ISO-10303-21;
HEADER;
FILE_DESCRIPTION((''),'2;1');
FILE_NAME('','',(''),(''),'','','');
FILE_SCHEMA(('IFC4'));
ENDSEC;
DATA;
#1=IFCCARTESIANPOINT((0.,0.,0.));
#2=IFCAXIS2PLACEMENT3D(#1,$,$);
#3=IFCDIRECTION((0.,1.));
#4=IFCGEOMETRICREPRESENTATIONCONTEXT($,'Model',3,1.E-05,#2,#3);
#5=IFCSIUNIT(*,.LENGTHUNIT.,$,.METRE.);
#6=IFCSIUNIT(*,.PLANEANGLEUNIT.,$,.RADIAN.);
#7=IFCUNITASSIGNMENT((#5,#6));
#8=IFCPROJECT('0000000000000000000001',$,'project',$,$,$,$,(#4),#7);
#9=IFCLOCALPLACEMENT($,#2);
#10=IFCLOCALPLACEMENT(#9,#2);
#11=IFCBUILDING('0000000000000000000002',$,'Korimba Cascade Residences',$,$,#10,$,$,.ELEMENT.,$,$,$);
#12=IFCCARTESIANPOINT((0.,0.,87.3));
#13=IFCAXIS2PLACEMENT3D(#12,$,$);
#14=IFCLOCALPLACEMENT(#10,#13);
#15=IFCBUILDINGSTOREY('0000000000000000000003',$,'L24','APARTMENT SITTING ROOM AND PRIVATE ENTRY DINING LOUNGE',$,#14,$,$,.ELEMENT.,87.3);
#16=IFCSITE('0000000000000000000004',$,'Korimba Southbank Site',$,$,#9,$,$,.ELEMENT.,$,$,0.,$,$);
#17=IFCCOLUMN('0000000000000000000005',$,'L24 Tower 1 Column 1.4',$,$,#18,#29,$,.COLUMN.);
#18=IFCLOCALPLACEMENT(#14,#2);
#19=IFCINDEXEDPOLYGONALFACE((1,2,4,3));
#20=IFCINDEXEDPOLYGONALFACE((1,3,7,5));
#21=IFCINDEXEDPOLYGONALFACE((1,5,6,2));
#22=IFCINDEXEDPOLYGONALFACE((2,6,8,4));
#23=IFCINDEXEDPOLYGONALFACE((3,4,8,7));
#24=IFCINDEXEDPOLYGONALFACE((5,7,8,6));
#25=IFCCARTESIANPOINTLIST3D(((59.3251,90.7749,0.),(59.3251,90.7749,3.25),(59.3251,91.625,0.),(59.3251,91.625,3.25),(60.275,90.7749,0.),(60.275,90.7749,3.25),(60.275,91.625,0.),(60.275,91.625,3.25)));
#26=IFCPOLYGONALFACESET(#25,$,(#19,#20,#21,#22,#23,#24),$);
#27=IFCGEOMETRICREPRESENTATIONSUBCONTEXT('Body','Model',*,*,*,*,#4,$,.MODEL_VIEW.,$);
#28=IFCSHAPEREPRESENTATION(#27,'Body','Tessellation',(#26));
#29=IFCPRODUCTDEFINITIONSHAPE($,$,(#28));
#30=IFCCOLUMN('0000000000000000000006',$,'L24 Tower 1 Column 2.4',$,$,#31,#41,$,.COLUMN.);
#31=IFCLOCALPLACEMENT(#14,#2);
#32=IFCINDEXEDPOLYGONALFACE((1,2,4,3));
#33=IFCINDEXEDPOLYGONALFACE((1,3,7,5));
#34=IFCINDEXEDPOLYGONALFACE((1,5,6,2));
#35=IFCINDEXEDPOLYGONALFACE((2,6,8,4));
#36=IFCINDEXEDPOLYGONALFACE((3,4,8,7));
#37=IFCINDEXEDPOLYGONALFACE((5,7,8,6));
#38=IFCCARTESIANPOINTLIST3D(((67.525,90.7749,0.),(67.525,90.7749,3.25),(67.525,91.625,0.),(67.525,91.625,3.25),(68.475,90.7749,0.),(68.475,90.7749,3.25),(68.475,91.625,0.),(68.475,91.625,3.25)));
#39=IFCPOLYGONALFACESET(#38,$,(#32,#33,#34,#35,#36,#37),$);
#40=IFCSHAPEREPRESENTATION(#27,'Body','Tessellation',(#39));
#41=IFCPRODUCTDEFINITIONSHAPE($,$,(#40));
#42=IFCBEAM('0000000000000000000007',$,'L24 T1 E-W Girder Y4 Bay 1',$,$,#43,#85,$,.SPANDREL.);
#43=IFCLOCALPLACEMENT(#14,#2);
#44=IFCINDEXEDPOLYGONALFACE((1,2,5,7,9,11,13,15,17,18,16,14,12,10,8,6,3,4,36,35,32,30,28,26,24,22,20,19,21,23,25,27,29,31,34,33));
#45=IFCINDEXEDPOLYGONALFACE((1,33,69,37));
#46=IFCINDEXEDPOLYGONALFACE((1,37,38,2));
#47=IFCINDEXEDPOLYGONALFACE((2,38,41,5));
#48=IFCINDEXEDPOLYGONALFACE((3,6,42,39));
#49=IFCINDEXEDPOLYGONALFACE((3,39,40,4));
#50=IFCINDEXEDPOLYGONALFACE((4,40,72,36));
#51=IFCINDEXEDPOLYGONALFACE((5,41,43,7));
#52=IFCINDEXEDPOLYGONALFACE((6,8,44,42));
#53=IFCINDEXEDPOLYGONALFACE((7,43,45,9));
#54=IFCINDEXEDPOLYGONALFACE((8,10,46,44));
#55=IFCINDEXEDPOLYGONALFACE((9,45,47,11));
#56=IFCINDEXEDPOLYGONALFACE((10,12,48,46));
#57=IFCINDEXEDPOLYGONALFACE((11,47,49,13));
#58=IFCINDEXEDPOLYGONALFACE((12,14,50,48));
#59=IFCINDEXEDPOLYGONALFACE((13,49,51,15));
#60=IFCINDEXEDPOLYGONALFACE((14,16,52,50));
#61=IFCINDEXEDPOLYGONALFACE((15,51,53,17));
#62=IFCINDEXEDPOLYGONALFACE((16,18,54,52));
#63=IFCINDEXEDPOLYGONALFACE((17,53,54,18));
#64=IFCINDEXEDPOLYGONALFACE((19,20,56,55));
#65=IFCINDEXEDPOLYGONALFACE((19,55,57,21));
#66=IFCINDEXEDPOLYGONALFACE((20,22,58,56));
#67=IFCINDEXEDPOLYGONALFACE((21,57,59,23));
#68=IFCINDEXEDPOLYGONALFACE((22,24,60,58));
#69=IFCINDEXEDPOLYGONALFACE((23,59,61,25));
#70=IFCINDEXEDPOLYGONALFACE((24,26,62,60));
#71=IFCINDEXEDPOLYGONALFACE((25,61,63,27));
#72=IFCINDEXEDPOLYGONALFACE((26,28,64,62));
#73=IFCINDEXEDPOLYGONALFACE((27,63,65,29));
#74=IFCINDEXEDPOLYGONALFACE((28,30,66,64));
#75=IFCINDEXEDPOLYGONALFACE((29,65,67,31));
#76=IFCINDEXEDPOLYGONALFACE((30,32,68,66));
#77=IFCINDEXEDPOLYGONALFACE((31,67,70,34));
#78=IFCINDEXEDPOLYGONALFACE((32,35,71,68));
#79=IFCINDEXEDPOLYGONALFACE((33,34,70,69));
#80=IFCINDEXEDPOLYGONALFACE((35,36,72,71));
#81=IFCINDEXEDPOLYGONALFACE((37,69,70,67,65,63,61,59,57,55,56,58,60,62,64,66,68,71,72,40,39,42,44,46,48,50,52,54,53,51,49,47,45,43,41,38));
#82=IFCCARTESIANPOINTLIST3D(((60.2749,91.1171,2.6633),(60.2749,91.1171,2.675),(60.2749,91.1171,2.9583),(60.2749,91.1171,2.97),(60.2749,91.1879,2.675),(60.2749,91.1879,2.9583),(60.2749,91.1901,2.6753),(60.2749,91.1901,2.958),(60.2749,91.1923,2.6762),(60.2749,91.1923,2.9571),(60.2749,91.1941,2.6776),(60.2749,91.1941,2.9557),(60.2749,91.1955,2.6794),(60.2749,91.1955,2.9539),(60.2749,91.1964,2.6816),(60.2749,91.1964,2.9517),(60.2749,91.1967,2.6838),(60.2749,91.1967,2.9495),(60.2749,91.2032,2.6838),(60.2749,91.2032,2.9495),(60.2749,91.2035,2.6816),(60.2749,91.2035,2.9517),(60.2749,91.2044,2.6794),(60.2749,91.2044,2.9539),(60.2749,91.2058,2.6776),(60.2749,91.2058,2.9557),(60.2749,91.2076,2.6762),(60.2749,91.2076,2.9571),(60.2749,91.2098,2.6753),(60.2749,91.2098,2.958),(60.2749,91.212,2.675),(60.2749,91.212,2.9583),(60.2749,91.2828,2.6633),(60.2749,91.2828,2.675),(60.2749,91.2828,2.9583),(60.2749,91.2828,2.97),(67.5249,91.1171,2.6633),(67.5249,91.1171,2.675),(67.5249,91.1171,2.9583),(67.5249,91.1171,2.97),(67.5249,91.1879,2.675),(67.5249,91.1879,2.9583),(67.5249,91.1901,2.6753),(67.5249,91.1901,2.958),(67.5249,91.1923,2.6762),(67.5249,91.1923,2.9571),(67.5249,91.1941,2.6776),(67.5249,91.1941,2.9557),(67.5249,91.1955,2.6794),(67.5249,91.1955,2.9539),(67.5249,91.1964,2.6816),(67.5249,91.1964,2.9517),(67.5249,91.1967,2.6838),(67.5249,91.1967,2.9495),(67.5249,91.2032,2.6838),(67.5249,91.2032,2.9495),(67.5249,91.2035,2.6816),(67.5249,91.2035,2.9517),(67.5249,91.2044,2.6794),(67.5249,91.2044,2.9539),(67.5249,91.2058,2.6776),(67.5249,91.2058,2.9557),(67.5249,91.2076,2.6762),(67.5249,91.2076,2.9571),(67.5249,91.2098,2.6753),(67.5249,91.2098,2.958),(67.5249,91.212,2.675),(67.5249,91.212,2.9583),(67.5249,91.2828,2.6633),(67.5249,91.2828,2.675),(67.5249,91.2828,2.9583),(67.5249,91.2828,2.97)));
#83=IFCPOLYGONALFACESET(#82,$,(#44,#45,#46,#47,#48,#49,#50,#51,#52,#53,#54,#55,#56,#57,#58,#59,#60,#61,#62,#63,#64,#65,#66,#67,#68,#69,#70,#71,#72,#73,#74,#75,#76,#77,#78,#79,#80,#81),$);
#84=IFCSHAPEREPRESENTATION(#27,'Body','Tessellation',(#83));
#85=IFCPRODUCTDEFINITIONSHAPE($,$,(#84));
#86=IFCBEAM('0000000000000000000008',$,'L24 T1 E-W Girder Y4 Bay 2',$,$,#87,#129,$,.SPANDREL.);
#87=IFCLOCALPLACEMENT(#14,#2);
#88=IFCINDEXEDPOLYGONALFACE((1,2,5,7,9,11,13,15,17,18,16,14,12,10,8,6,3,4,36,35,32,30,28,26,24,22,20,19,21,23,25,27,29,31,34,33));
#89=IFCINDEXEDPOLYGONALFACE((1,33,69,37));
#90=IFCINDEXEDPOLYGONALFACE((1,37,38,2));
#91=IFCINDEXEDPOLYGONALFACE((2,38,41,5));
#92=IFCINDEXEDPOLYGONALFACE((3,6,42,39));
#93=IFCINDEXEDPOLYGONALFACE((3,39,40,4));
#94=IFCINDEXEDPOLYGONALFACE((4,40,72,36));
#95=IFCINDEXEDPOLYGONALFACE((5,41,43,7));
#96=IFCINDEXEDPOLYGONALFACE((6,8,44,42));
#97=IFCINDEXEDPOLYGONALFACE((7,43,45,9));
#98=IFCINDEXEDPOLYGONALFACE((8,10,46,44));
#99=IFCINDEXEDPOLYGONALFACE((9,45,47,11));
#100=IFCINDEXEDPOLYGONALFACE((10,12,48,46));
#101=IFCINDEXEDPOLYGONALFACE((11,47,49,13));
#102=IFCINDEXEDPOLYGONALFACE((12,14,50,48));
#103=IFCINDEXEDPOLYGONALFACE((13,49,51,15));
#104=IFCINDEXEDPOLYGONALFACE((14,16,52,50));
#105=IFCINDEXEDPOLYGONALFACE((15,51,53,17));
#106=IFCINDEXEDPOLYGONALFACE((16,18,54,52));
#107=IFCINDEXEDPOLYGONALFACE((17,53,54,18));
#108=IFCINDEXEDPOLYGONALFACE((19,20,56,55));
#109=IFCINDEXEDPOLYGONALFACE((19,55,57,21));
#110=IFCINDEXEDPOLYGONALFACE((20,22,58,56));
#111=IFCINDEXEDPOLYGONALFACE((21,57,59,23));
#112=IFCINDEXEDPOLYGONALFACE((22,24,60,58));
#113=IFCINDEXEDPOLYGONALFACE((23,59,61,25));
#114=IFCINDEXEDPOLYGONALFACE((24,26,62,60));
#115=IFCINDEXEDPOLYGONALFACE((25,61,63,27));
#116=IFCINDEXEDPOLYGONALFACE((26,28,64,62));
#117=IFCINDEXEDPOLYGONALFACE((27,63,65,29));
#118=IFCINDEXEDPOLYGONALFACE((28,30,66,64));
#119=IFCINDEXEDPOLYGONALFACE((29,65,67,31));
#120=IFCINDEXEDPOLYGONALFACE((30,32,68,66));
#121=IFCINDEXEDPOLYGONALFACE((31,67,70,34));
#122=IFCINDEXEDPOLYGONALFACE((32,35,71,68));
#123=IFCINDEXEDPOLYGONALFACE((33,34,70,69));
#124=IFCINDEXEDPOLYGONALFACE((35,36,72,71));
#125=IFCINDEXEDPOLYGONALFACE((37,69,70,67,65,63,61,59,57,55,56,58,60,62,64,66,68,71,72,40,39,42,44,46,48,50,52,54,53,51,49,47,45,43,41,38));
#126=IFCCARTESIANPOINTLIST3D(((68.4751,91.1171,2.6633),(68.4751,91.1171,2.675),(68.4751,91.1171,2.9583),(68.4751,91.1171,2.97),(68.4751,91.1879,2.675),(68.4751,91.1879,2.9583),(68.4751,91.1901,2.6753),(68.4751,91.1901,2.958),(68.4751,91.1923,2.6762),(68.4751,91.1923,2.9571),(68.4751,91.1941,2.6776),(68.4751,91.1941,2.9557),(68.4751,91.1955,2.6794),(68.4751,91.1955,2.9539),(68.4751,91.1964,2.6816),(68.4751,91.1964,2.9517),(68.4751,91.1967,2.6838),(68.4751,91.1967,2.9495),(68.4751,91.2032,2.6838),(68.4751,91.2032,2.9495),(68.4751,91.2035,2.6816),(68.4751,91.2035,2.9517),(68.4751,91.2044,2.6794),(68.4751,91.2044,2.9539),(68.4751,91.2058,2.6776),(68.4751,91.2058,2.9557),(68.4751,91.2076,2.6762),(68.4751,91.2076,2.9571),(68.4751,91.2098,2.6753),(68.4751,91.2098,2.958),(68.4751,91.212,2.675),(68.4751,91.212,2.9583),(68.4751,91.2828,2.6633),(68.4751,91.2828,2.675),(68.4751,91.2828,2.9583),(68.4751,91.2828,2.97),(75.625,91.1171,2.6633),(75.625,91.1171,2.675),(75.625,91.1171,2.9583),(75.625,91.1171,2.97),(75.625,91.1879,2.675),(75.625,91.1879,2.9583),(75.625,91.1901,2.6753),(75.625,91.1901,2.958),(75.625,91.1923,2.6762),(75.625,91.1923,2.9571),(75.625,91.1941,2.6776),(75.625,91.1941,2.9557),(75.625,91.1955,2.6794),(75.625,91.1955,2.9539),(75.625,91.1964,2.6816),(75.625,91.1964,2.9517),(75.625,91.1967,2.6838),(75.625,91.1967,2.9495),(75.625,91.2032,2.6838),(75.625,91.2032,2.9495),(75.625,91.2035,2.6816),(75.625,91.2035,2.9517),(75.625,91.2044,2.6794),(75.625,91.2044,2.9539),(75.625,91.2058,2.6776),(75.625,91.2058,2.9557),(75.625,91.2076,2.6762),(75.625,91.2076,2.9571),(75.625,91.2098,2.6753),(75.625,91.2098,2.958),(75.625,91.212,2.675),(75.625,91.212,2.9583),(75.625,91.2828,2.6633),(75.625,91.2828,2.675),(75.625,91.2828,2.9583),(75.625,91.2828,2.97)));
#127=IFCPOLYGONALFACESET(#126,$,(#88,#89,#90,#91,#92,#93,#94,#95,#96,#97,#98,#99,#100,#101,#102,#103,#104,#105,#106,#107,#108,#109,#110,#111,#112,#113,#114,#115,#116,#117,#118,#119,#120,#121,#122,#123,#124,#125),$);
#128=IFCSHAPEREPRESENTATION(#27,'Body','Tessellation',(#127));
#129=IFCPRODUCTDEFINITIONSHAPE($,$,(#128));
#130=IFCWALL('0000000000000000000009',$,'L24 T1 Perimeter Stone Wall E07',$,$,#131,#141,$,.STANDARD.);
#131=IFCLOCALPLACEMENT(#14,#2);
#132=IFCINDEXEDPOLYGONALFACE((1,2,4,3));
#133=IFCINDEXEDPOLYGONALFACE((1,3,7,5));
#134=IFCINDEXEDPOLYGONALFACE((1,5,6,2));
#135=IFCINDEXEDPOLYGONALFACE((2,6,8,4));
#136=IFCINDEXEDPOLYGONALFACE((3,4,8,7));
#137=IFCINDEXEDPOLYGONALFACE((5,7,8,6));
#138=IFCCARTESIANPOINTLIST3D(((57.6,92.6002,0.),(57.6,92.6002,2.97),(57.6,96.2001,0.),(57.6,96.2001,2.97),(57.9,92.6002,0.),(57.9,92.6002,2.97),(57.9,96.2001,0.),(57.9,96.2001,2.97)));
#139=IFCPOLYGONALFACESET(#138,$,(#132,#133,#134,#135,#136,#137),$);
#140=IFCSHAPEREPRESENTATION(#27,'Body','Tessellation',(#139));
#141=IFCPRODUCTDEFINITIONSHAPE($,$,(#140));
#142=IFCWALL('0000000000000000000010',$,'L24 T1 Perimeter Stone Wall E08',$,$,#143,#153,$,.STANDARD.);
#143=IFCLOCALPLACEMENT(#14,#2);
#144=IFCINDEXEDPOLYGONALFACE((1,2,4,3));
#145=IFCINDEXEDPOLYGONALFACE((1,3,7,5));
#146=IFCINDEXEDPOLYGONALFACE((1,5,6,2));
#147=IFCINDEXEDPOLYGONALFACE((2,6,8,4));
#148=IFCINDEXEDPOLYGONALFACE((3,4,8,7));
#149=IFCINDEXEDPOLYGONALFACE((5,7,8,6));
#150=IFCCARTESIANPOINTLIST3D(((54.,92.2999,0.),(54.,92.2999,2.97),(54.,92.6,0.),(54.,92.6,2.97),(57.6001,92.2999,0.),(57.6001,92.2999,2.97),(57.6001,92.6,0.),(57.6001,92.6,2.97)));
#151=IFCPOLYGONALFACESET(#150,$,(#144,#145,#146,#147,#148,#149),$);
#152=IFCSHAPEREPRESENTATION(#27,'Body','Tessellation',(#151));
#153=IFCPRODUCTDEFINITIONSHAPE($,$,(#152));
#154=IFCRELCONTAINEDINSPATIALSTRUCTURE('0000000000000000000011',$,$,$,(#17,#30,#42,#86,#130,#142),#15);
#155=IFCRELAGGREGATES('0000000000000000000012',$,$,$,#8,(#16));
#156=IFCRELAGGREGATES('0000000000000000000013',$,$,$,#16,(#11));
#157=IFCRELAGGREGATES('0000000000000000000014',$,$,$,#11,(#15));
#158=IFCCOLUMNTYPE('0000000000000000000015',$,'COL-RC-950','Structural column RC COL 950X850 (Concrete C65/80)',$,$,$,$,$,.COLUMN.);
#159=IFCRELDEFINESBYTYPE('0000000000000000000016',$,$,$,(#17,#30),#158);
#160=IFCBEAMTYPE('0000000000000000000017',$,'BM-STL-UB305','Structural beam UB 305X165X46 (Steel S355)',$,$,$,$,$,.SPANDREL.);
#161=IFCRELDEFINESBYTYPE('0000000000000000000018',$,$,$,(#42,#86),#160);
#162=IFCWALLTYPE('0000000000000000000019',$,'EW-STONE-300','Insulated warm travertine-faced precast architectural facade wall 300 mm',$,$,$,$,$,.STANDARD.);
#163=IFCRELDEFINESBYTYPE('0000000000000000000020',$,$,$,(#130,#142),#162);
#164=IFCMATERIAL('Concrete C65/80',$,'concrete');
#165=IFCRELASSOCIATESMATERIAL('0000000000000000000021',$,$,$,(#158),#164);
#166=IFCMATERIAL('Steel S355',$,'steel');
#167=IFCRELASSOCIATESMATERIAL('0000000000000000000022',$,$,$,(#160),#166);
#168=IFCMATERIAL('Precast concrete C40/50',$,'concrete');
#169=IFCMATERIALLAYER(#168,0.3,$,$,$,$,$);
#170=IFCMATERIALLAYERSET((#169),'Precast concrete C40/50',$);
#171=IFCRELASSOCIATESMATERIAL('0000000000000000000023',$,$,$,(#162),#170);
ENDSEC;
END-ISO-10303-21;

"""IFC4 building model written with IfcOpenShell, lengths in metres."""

from ifc_helpers import new_model, si_unit, direction, frame, frame_2d, origin, origin_2d, place, context, subcontext, project, spatial, rectangle, i_section, extrude, material, layer, layer_set, material_profile, profile_set, type_object, element, save


model = new_model("IFC4")

# Units and contexts
model_context = context("Model", 3, precision=1e-05, world=origin(), true_north=direction((0.0, 1.0)))
body_context = subcontext(model_context, "Body", "Model", "MODEL_VIEW")
ifc_project = project(units=[si_unit("LENGTHUNIT", "METRE"), si_unit("PLANEANGLEUNIT", "RADIAN")], contexts=[model_context])

# Site, building, storey
site_placement = place(None, origin())
site = spatial("IfcSite", under=ifc_project, at=site_placement, Name="Korimba Southbank Site", CompositionType="ELEMENT", RefElevation=0.0)
building_placement = place(site_placement, origin())
building = spatial("IfcBuilding", under=site, at=building_placement, Name="Korimba Cascade Residences", CompositionType="ELEMENT")
storey_placement = place(building_placement, frame((0.0, 0.0, 87.3)))
storey = spatial("IfcBuildingStorey", under=building, at=storey_placement, Name="L24", Description="APARTMENT SITTING ROOM AND PRIVATE ENTRY DINING LOUNGE", CompositionType="ELEMENT", Elevation=87.3)

# Columns
ifc_material_1 = material(Name="Concrete C65/80", Category="concrete")
ifc_material_profile_1 = material_profile(ifc_material_1, rectangle(XDim=0.95, YDim=0.8501, at=origin_2d()), Name="Concrete C65/80")
ifc_profile_set_1 = profile_set([ifc_material_profile_1], Name="Concrete C65/80")
column_type = type_object("IfcColumnType", Name="COL-RC-950", Description="Structural column RC COL 950X850 (Concrete C65/80)", PredefinedType="COLUMN", material=ifc_profile_set_1)
for number, where, z_axis, x_axis, name in (
    (1, (59.8, 91.2, 0.0), (0.0, 0.0, 1.0), (1.0, 0.0, 0.0), "L24 Tower 1 Column 1.4"),
    (2, (68.0, 91.2, 0.0), (0.0, 0.0, 1.0), (1.0, 0.0, 0.0), "L24 Tower 1 Column 2.4"),
):
    element("IfcColumn", number, at=place(storey_placement, frame(where, z_axis=z_axis, x_axis=x_axis)), inside=storey, type_object=column_type, Name=name, PredefinedType="COLUMN", context=body_context, shape_type="SweptSolid", body=[
        extrude(rectangle(XDim=0.95, YDim=0.8501, at=origin_2d()), origin(), (0.0, 0.0, 1.0), 3.25),
    ])

# Beams
ifc_material_2 = material(Name="Steel S355", Category="steel")
ifc_material_profile_2 = material_profile(ifc_material_2, i_section(OverallWidth=0.1658, OverallDepth=0.3066, WebThickness=0.0066, FlangeThickness=0.0117, FilletRadius=0.0088, at=origin_2d()), Name="Steel S355")
ifc_profile_set_2 = profile_set([ifc_material_profile_2], Name="Steel S355")
beam_type = type_object("IfcBeamType", Name="BM-STL-UB305", Description="Structural beam UB 305X165X46 (Steel S355)", PredefinedType="SPANDREL", material=ifc_profile_set_2)
beam_1_placement = place(storey_placement, frame((60.2749, 91.2, 2.8167), z_axis=(1.0, 0.0, 0.0), x_axis=(0.0, 1.0, 0.0)))
element("IfcBeam", 3, at=beam_1_placement, inside=storey, type_object=beam_type, Name="L24 T1 E-W Girder Y4 Bay 1", PredefinedType="SPANDREL", context=body_context, shape_type="SweptSolid", body=[
    extrude(i_section(OverallWidth=0.1658, OverallDepth=0.3066, WebThickness=0.0066, FlangeThickness=0.0117, FilletRadius=0.0088, at=origin_2d()), origin(), (0.0, 0.0, 1.0), 7.25),
])
beam_2_placement = place(storey_placement, frame((68.4751, 91.2, 2.8167), z_axis=(1.0, 0.0, 0.0), x_axis=(0.0, 1.0, 0.0)))
element("IfcBeam", 4, at=beam_2_placement, inside=storey, type_object=beam_type, Name="L24 T1 E-W Girder Y4 Bay 2", PredefinedType="SPANDREL", context=body_context, shape_type="SweptSolid", body=[
    extrude(i_section(OverallWidth=0.1658, OverallDepth=0.3066, WebThickness=0.0066, FlangeThickness=0.0117, FilletRadius=0.0088, at=origin_2d()), origin(), (0.0, 0.0, 1.0), 7.1499),
])

# Walls
ifc_material_3 = material(Name="Precast concrete C40/50", Category="concrete")
ifc_layer_1 = layer(ifc_material_3, 0.3)
ifc_layer_set_1 = layer_set([ifc_layer_1], Name="Precast concrete C40/50")
wall_type_1 = type_object("IfcWallType", Name="EW-STONE-300", Description="Insulated warm travertine-faced precast architectural facade wall 300 mm", PredefinedType="STANDARD", material=ifc_layer_set_1)
wall_1_placement = place(storey_placement, frame((57.75, 96.2, 0.0), z_axis=(0.0, 0.0, 1.0), x_axis=(0.0, -1.0, 0.0)))
element("IfcWall", 5, at=wall_1_placement, inside=storey, type_object=wall_type_1, Name="L24 T1 Perimeter Stone Wall E07", PredefinedType="STANDARD", context=body_context, shape_type="SweptSolid", body=[
    extrude(rectangle(XDim=3.5999, YDim=0.3, at=frame_2d((1.7998, 0.0))), origin(), (0.0, 0.0, 1.0), 2.97),
])
wall_2_placement = place(storey_placement, frame((57.6001, 92.45, 0.0), z_axis=(0.0, 0.0, 1.0), x_axis=(-1.0, 0.0, 0.0)))
element("IfcWall", 6, at=wall_2_placement, inside=storey, type_object=wall_type_1, Name="L24 T1 Perimeter Stone Wall E08", PredefinedType="STANDARD", context=body_context, shape_type="SweptSolid", body=[
    extrude(rectangle(XDim=3.6001, YDim=0.3, at=frame_2d((1.8, 0.0))), origin(), (0.0, 0.0, 1.0), 2.97),
])

save(model, "model.ifc")
